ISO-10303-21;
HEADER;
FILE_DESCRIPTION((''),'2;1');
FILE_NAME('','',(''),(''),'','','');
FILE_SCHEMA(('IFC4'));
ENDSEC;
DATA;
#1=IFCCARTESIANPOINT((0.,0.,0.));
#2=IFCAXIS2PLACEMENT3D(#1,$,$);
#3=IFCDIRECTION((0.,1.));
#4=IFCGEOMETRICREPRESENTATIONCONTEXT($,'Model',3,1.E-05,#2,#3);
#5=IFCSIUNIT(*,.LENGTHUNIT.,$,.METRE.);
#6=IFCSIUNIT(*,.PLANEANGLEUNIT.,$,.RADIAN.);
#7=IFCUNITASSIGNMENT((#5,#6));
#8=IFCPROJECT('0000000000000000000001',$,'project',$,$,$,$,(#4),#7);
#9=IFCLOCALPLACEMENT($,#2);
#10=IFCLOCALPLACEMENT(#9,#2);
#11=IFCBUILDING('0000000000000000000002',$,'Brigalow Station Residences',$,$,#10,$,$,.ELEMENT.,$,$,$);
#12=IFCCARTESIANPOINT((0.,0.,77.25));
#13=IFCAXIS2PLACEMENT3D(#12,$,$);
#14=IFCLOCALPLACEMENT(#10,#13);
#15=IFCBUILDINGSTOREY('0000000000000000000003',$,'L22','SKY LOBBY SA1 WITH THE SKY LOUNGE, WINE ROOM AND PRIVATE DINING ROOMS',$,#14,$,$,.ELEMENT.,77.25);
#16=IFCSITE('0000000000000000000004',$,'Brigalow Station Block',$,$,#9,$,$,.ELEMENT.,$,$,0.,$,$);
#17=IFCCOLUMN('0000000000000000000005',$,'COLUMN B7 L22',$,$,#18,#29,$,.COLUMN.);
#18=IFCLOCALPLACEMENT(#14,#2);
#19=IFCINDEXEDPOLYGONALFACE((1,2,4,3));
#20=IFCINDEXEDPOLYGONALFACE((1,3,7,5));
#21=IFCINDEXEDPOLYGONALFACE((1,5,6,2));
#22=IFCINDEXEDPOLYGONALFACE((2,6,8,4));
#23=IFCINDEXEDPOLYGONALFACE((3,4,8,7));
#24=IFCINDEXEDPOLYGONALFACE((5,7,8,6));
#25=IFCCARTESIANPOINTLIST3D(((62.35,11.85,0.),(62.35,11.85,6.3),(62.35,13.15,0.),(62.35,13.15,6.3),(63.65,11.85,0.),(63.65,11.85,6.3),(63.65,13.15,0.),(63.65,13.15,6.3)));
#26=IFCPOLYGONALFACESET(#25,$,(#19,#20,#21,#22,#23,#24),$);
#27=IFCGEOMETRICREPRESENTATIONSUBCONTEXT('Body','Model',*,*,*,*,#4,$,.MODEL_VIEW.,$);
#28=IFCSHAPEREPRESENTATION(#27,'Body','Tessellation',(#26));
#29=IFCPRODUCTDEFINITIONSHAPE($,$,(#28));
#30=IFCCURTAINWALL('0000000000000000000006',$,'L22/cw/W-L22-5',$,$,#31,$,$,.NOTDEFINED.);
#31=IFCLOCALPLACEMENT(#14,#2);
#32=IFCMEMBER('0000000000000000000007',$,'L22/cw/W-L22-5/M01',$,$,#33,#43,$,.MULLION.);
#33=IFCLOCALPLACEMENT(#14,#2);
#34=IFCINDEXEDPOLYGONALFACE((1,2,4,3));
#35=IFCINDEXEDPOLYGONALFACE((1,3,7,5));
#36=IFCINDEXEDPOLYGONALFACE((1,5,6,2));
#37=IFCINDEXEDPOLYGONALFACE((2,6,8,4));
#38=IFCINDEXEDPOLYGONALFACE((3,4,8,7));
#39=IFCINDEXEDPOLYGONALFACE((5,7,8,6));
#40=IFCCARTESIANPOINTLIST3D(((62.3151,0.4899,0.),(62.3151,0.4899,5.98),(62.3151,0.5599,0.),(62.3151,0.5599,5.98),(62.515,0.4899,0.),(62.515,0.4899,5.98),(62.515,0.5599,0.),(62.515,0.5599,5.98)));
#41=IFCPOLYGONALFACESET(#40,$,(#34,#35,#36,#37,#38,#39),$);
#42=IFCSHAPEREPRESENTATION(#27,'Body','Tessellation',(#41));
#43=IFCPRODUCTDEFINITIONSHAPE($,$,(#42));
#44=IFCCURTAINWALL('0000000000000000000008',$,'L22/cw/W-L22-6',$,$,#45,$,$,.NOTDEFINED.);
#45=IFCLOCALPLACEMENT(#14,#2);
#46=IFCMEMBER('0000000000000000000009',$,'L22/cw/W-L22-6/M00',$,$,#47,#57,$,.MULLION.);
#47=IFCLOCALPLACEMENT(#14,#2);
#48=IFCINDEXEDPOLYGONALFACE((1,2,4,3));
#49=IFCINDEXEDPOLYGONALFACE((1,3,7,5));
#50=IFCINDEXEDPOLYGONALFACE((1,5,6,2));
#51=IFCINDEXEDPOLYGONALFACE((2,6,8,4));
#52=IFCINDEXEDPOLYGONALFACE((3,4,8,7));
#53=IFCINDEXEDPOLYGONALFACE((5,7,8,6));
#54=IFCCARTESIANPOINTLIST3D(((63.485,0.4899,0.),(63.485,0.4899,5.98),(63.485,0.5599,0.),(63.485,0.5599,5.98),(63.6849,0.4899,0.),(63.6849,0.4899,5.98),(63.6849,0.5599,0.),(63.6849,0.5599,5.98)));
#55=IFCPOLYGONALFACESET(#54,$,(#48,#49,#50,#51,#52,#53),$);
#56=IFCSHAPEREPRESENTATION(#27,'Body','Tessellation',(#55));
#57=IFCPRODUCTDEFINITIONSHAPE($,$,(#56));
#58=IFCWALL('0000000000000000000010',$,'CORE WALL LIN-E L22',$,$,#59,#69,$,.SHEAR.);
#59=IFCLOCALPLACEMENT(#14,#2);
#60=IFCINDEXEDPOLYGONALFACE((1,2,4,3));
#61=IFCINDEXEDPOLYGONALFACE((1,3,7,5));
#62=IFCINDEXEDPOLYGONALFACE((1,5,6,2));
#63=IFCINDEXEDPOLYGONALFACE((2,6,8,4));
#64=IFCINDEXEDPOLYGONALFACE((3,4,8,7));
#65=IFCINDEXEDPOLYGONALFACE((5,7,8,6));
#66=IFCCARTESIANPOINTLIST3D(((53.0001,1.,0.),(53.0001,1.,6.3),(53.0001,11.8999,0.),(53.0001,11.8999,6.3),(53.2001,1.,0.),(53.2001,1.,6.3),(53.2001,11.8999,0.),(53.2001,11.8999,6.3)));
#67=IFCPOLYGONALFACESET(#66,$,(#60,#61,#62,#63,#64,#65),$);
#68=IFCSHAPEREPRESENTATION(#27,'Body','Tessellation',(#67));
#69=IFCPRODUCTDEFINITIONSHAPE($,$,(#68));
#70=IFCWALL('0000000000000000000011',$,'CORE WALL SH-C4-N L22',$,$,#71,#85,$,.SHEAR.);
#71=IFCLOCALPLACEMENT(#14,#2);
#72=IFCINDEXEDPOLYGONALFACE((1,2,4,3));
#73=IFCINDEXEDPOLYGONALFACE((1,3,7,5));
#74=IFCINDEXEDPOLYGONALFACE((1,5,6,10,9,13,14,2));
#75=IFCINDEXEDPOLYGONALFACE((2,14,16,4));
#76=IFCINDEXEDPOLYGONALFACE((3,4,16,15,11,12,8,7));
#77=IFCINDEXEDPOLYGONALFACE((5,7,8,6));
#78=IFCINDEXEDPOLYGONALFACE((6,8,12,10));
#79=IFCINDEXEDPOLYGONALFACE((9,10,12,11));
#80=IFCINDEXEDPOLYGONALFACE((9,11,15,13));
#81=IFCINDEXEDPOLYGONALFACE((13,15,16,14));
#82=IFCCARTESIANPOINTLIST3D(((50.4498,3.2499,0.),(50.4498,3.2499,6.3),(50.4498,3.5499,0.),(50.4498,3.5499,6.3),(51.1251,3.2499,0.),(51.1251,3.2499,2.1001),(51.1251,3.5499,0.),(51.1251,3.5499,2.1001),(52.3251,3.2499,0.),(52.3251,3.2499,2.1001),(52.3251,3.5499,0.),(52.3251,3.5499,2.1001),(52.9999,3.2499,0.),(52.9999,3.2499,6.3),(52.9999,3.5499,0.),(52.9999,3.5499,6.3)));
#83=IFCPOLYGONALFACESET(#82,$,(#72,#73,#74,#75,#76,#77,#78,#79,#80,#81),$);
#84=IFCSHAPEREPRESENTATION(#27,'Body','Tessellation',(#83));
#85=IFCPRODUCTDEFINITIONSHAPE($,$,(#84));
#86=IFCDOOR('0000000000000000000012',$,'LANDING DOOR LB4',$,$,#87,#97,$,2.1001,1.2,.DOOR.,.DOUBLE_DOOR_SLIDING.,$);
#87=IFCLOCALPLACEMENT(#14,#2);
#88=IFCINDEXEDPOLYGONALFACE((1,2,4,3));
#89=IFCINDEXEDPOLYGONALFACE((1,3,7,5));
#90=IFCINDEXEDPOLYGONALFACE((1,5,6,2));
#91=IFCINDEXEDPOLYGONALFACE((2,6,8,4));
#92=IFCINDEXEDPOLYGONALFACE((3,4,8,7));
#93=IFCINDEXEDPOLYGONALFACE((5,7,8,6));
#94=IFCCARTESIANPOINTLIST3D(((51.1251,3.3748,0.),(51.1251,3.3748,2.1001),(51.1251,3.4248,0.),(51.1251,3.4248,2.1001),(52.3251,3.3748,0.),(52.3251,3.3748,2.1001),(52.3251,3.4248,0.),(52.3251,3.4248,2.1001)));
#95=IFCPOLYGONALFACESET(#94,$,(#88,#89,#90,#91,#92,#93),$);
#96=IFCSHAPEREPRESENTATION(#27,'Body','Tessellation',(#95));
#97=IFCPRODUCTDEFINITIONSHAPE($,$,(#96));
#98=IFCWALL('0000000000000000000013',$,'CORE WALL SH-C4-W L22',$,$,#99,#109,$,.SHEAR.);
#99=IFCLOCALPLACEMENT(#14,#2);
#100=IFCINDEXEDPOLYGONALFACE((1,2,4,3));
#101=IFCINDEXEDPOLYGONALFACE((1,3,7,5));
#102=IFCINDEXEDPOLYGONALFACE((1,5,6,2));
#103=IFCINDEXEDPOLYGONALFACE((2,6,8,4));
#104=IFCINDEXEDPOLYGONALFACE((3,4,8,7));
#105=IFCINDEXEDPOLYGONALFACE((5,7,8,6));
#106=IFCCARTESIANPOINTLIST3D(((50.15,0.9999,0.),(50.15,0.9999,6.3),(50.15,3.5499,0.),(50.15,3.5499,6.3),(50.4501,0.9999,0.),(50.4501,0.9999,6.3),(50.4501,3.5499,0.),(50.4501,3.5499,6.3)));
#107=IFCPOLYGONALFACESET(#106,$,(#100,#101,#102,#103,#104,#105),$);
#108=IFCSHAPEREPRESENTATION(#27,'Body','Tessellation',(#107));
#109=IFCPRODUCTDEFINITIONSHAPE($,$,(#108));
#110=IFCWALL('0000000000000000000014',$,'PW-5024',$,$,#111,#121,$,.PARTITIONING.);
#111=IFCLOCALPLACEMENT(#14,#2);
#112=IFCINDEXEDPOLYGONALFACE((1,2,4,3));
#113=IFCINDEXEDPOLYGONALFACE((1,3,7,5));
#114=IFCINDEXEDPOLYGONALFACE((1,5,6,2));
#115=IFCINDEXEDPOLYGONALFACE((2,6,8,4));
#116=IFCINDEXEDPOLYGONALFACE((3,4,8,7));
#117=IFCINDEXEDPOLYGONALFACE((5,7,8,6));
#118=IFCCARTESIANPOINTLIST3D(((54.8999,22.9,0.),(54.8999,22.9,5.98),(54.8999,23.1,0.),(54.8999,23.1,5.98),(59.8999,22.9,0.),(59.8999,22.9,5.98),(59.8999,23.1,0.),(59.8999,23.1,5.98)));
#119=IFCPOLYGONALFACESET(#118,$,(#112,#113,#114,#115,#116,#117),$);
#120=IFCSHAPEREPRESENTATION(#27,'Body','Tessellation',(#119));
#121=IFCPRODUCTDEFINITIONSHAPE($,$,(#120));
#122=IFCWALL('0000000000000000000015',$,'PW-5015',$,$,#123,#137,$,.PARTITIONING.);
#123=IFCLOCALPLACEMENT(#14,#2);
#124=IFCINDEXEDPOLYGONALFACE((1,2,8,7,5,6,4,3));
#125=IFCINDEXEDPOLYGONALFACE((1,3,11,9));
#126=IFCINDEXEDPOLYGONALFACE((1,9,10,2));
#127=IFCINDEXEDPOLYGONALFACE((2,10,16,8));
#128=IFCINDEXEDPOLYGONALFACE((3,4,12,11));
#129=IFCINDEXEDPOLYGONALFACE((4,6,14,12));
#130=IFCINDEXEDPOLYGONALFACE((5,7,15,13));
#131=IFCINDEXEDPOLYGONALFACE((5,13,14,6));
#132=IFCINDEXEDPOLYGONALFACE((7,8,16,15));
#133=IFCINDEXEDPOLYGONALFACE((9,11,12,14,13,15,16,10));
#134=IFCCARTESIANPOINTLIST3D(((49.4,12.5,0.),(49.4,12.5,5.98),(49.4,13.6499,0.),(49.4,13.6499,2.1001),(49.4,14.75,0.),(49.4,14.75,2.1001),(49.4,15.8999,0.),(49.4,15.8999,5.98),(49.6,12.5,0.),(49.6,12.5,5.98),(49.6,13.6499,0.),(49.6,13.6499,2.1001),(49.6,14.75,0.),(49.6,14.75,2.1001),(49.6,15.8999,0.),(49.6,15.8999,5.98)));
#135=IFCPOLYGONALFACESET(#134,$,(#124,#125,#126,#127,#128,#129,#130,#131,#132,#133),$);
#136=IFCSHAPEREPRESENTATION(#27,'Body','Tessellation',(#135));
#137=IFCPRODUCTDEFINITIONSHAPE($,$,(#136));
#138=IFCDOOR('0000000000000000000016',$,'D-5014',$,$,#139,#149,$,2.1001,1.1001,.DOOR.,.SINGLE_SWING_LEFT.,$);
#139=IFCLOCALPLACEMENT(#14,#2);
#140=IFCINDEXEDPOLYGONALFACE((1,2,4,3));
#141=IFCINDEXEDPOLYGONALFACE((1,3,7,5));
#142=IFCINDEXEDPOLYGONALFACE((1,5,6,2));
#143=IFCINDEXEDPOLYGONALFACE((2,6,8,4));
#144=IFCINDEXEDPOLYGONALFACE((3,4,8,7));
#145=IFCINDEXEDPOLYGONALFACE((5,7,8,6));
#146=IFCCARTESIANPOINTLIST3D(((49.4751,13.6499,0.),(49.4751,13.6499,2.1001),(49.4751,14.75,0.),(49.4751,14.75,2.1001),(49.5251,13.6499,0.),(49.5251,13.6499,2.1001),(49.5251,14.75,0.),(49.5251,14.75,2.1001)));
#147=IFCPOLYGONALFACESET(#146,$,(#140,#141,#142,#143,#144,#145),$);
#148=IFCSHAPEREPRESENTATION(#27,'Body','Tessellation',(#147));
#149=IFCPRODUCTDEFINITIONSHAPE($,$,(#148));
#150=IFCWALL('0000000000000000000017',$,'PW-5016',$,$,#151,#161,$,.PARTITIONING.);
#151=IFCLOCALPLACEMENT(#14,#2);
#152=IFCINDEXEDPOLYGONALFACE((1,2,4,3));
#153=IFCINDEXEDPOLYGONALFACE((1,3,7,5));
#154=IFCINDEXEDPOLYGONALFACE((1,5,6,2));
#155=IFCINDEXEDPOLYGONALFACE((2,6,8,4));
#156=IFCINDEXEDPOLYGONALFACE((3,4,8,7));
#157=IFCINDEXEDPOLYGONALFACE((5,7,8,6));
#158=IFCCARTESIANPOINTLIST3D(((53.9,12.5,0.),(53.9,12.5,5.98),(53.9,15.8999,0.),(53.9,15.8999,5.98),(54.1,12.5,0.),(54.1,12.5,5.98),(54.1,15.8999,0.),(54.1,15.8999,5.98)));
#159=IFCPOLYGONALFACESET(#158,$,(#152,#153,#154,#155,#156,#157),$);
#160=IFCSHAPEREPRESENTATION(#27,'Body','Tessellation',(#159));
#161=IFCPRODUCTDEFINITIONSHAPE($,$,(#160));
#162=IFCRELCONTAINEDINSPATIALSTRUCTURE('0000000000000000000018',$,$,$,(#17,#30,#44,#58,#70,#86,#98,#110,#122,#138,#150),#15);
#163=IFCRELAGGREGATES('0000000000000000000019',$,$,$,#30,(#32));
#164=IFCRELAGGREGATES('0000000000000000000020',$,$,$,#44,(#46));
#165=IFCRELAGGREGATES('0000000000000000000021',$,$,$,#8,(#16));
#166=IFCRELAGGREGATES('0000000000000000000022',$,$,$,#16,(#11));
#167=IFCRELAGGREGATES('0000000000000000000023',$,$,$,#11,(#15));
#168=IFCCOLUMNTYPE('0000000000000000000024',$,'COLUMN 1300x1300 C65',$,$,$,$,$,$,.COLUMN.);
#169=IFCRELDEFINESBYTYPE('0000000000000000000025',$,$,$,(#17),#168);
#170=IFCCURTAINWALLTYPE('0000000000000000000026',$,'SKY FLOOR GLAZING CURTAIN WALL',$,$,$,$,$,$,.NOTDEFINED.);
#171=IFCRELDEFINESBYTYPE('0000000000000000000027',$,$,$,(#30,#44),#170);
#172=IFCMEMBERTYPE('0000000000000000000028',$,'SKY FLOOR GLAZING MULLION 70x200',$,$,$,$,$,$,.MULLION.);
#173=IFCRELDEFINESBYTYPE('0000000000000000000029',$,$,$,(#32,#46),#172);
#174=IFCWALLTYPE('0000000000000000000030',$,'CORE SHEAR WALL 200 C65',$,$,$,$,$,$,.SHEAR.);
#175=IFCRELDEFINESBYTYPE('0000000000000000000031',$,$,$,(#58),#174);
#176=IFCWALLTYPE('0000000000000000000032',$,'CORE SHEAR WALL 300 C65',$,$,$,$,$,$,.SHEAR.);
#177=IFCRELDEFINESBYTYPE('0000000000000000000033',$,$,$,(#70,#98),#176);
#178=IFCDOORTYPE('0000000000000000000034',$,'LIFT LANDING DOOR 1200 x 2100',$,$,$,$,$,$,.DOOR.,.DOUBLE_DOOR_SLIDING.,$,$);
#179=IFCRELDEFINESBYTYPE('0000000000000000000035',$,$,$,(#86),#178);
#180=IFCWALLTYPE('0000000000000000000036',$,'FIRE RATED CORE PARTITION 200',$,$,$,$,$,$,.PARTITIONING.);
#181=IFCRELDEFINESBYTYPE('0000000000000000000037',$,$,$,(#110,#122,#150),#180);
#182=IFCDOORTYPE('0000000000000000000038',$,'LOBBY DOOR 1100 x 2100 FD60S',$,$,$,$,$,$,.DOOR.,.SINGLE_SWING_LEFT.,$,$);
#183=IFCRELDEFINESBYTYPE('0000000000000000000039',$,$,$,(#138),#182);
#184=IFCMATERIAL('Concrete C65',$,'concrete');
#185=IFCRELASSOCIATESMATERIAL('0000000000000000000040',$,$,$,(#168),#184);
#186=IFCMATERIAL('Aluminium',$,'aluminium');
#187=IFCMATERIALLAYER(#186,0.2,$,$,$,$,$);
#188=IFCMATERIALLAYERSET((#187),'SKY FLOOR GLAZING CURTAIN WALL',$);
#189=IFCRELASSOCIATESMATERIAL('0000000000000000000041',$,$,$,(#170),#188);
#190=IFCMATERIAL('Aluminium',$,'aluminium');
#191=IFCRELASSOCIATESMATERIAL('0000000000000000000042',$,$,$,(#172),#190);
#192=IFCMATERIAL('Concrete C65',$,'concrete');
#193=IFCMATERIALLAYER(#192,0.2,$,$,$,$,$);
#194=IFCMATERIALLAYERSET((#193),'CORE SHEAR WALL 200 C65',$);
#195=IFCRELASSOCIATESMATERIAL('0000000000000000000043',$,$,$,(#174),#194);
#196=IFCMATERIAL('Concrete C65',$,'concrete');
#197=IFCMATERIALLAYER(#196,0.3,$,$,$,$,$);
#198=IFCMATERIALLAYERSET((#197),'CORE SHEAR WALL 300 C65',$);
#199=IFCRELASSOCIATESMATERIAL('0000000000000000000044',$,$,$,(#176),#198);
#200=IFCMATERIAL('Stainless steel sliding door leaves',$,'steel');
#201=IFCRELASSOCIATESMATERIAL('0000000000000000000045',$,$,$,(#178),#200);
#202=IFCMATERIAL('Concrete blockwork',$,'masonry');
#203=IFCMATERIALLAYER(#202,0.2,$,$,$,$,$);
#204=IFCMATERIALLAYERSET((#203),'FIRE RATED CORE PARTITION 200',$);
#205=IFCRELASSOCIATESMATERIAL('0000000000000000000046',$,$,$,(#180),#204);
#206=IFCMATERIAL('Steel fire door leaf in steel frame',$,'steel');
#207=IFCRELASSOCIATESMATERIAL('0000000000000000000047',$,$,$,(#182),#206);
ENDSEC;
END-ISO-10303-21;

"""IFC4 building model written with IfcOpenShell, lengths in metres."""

from ifc_helpers import new_model, si_unit, direction, frame, frame_2d, origin, origin_2d, place, context, subcontext, project, spatial, rectangle, extrude, material, layer, layer_set, material_profile, profile_set, type_object, element, fill, aggregate, save


model = new_model("IFC4")

# Units and contexts
model_context = context("Model", 3, precision=1e-05, world=origin(), true_north=direction((0.0, 1.0)))
body_context = subcontext(model_context, "Body", "Model", "MODEL_VIEW")
ifc_project = project(units=[si_unit("LENGTHUNIT", "METRE"), si_unit("PLANEANGLEUNIT", "RADIAN")], contexts=[model_context])

# Site, building, storey
site_placement = place(None, origin())
site = spatial("IfcSite", under=ifc_project, at=site_placement, Name="Brigalow Station Block", CompositionType="ELEMENT", RefElevation=0.0)
building_placement = place(site_placement, origin())
building = spatial("IfcBuilding", under=site, at=building_placement, Name="Brigalow Station Residences", CompositionType="ELEMENT")
storey_placement = place(building_placement, frame((0.0, 0.0, 77.25)))
storey = spatial("IfcBuildingStorey", under=building, at=storey_placement, Name="L22", Description="SKY LOBBY SA1 WITH THE SKY LOUNGE, WINE ROOM AND PRIVATE DINING ROOMS", CompositionType="ELEMENT", Elevation=77.25)

# Column
ifc_material_1 = material(Name="Concrete C65", Category="concrete")
ifc_material_profile_1 = material_profile(ifc_material_1, rectangle(XDim=1.3, YDim=1.3, at=origin_2d()), Name="RC1300x1300")
ifc_profile_set_1 = profile_set([ifc_material_profile_1], Name="Concrete C65")
column_type = type_object("IfcColumnType", Name="COLUMN 1300x1300 C65", PredefinedType="COLUMN", material=ifc_profile_set_1)
column_placement = place(storey_placement, frame((63.0, 12.5, 0.0), z_axis=(0.0, 0.0, 1.0), x_axis=(1.0, 0.0, 0.0)))
element("IfcColumn", 1, at=column_placement, inside=storey, type_object=column_type, Name="COLUMN B7 L22", PredefinedType="COLUMN", context=body_context, shape_type="SweptSolid", body=[
    extrude(rectangle(XDim=1.3, YDim=1.3, at=origin_2d()), origin(), (0.0, 0.0, 1.0), 6.3),
])

# Curtain walls, members
ifc_material_2 = material(Name="Aluminium", Category="aluminium")
ifc_layer_1 = layer(ifc_material_2, 0.2)
ifc_layer_set_1 = layer_set([ifc_layer_1], Name="SKY FLOOR GLAZING CURTAIN WALL")
curtain_wall_type = type_object("IfcCurtainWallType", Name="SKY FLOOR GLAZING CURTAIN WALL", PredefinedType="NOTDEFINED", material=ifc_layer_set_1)
curtain_wall_1_placement = place(storey_placement, origin())
curtain_wall_1 = element("IfcCurtainWall", 2, at=curtain_wall_1_placement, inside=storey, type_object=curtain_wall_type, Name="L22/cw/W-L22-5", PredefinedType="NOTDEFINED")
ifc_material_3 = material(Name="Aluminium", Category="aluminium")
ifc_material_profile_2 = material_profile(ifc_material_3, rectangle(XDim=0.0701, YDim=0.2, at=origin_2d()), Name="SKY FLOOR GLAZING MULLION 70x200")
ifc_profile_set_2 = profile_set([ifc_material_profile_2], Name="Aluminium")
member_type = type_object("IfcMemberType", Name="SKY FLOOR GLAZING MULLION 70x200", PredefinedType="MULLION", material=ifc_profile_set_2)
member_1_placement = place(storey_placement, frame((62.415, 0.5249, 0.0), z_axis=(0.0, 0.0, 1.0), x_axis=(0.0, 1.0, 0.0)))
member_1 = element("IfcMember", 3, at=member_1_placement, type_object=member_type, Name="L22/cw/W-L22-5/M01", PredefinedType="MULLION", context=body_context, shape_type="SweptSolid", body=[
    extrude(rectangle(XDim=0.0701, YDim=0.2, at=origin_2d()), origin(), (0.0, 0.0, 1.0), 5.98),
])
aggregate(curtain_wall_1, [member_1])
curtain_wall_2_placement = place(storey_placement, origin())
curtain_wall_2 = element("IfcCurtainWall", 4, at=curtain_wall_2_placement, inside=storey, type_object=curtain_wall_type, Name="L22/cw/W-L22-6", PredefinedType="NOTDEFINED")
member_2_placement = place(storey_placement, frame((63.585, 0.5249, 0.0), z_axis=(0.0, 0.0, 1.0), x_axis=(0.0, 1.0, 0.0)))
member_2 = element("IfcMember", 5, at=member_2_placement, type_object=member_type, Name="L22/cw/W-L22-6/M00", PredefinedType="MULLION", context=body_context, shape_type="SweptSolid", body=[
    extrude(rectangle(XDim=0.0701, YDim=0.2, at=origin_2d()), origin(), (0.0, 0.0, 1.0), 5.98),
])
aggregate(curtain_wall_2, [member_2])

# Wall
ifc_material_4 = material(Name="Concrete C65", Category="concrete")
ifc_layer_2 = layer(ifc_material_4, 0.2)
ifc_layer_set_2 = layer_set([ifc_layer_2], Name="CORE SHEAR WALL 200 C65")
wall_type_1 = type_object("IfcWallType", Name="CORE SHEAR WALL 200 C65", PredefinedType="SHEAR", material=ifc_layer_set_2)
wall_1_placement = place(storey_placement, frame((53.1001, 1.0, 0.0), z_axis=(0.0, 0.0, 1.0), x_axis=(0.0, 1.0, 0.0)))
element("IfcWall", 6, at=wall_1_placement, inside=storey, type_object=wall_type_1, Name="CORE WALL LIN-E L22", PredefinedType="SHEAR", context=body_context, shape_type="SweptSolid", body=[
    extrude(rectangle(XDim=10.8999, YDim=0.2, at=frame_2d((5.45, 0.0))), origin(), (0.0, 0.0, 1.0), 6.3),
])

# Wall, opening, door
ifc_material_5 = material(Name="Concrete C65", Category="concrete")
ifc_layer_3 = layer(ifc_material_5, 0.3)
ifc_layer_set_3 = layer_set([ifc_layer_3], Name="CORE SHEAR WALL 300 C65")
wall_type_2 = type_object("IfcWallType", Name="CORE SHEAR WALL 300 C65", PredefinedType="SHEAR", material=ifc_layer_set_3)
wall_2_placement = place(storey_placement, frame((50.45, 3.3999, 0.0), z_axis=(0.0, 0.0, 1.0), x_axis=(1.0, 0.0, 0.0)))
wall_2 = element("IfcWall", 7, at=wall_2_placement, inside=storey, type_object=wall_type_2, Name="CORE WALL SH-C4-N L22", PredefinedType="SHEAR", context=body_context, shape_type="SweptSolid", body=[
    extrude(rectangle(XDim=2.55, YDim=0.3, at=frame_2d((1.2749, 0.0))), origin(), (0.0, 0.0, 1.0), 6.3),
])
opening_1_placement = place(wall_2_placement, frame((0.675, 0.0, 0.0)))
opening_1 = element("IfcOpeningElement", 8, at=opening_1_placement, cuts=wall_2, PredefinedType="OPENING", context=body_context, shape_type="SweptSolid", body=[
    extrude(rectangle(XDim=1.2, YDim=2.1001, at=frame_2d((0.6001, 1.05))), frame((0.0, 0.1602, 0.0), z_axis=(0.0, -1.0, 0.0), x_axis=(1.0, 0.0, 0.0)), (0.0, 0.0, 1.0), 0.3201),
])
ifc_material_6 = material(Name="Stainless steel sliding door leaves", Category="steel")
door_type_1 = type_object("IfcDoorType", Name="LIFT LANDING DOOR 1200 x 2100", OperationType="DOUBLE_DOOR_SLIDING", PredefinedType="DOOR", material=ifc_material_6)
door_1_placement = place(opening_1_placement, origin())
door_1 = element("IfcDoor", 9, at=door_1_placement, inside=storey, type_object=door_type_1, Name="LANDING DOOR LB4", OperationType="DOUBLE_DOOR_SLIDING", OverallHeight=2.1001, OverallWidth=1.2, PredefinedType="DOOR", context=body_context, shape_type="SweptSolid", body=[
    extrude(rectangle(XDim=1.2, YDim=2.1001, at=frame_2d((0.6001, 1.05))), frame((0.0, 0.0249, 0.0), z_axis=(0.0, -1.0, 0.0), x_axis=(1.0, 0.0, 0.0)), (0.0, 0.0, 1.0), 0.05),
])
fill(opening_1, door_1)

# Walls
wall_3_placement = place(storey_placement, frame((50.3, 1.0, 0.0), z_axis=(0.0, 0.0, 1.0), x_axis=(0.0, 1.0, 0.0)))
element("IfcWall", 10, at=wall_3_placement, inside=storey, type_object=wall_type_2, Name="CORE WALL SH-C4-W L22", PredefinedType="SHEAR", context=body_context, shape_type="SweptSolid", body=[
    extrude(rectangle(XDim=2.55, YDim=0.3, at=frame_2d((1.2749, 0.0))), origin(), (0.0, 0.0, 1.0), 6.3),
])
ifc_material_7 = material(Name="Concrete blockwork", Category="masonry")
ifc_layer_4 = layer(ifc_material_7, 0.2)
ifc_layer_set_4 = layer_set([ifc_layer_4], Name="FIRE RATED CORE PARTITION 200")
wall_type_3 = type_object("IfcWallType", Name="FIRE RATED CORE PARTITION 200", PredefinedType="PARTITIONING", material=ifc_layer_set_4)
wall_4_placement = place(storey_placement, frame((54.8999, 23.0, 0.0), z_axis=(0.0, 0.0, 1.0), x_axis=(1.0, 0.0, 0.0)))
element("IfcWall", 11, at=wall_4_placement, inside=storey, type_object=wall_type_3, Name="PW-5024", PredefinedType="PARTITIONING", context=body_context, shape_type="SweptSolid", body=[
    extrude(rectangle(XDim=5.0, YDim=0.2, at=frame_2d((2.5, 0.0))), origin(), (0.0, 0.0, 1.0), 5.98),
])

# Wall, opening, door
wall_5_placement = place(storey_placement, frame((49.5, 12.5, 0.0), z_axis=(0.0, 0.0, 1.0), x_axis=(0.0, 1.0, 0.0)))
wall_5 = element("IfcWall", 12, at=wall_5_placement, inside=storey, type_object=wall_type_3, Name="PW-5015", PredefinedType="PARTITIONING", context=body_context, shape_type="SweptSolid", body=[
    extrude(rectangle(XDim=3.3999, YDim=0.2, at=frame_2d((1.7, 0.0))), origin(), (0.0, 0.0, 1.0), 5.98),
])
opening_2_placement = place(wall_5_placement, frame((1.1499, 0.0, 0.0)))
opening_2 = element("IfcOpeningElement", 13, at=opening_2_placement, cuts=wall_5, PredefinedType="OPENING", context=body_context, shape_type="SweptSolid", body=[
    extrude(rectangle(XDim=1.1001, YDim=2.1001, at=frame_2d((0.55, 1.05))), frame((0.0, 0.1099, 0.0), z_axis=(0.0, -1.0, 0.0), x_axis=(1.0, 0.0, 0.0)), (0.0, 0.0, 1.0), 0.22),
])
ifc_material_8 = material(Name="Steel fire door leaf in steel frame", Category="steel")
door_type_2 = type_object("IfcDoorType", Name="LOBBY DOOR 1100 x 2100 FD60S", OperationType="SINGLE_SWING_LEFT", PredefinedType="DOOR", material=ifc_material_8)
door_2_placement = place(opening_2_placement, origin())
door_2 = element("IfcDoor", 14, at=door_2_placement, inside=storey, type_object=door_type_2, Name="D-5014", OperationType="SINGLE_SWING_LEFT", OverallHeight=2.1001, OverallWidth=1.1001, PredefinedType="DOOR", context=body_context, shape_type="SweptSolid", body=[
    extrude(rectangle(XDim=1.1001, YDim=2.1001, at=frame_2d((0.55, 1.05))), frame((0.0, 0.0249, 0.0), z_axis=(0.0, -1.0, 0.0), x_axis=(1.0, 0.0, 0.0)), (0.0, 0.0, 1.0), 0.05),
])
fill(opening_2, door_2)

# Wall
wall_6_placement = place(storey_placement, frame((54.0, 12.5, 0.0), z_axis=(0.0, 0.0, 1.0), x_axis=(0.0, 1.0, 0.0)))
element("IfcWall", 15, at=wall_6_placement, inside=storey, type_object=wall_type_3, Name="PW-5016", PredefinedType="PARTITIONING", context=body_context, shape_type="SweptSolid", body=[
    extrude(rectangle(XDim=3.3999, YDim=0.2, at=frame_2d((1.7, 0.0))), origin(), (0.0, 0.0, 1.0), 5.98),
])

save(model, "model.ifc")
